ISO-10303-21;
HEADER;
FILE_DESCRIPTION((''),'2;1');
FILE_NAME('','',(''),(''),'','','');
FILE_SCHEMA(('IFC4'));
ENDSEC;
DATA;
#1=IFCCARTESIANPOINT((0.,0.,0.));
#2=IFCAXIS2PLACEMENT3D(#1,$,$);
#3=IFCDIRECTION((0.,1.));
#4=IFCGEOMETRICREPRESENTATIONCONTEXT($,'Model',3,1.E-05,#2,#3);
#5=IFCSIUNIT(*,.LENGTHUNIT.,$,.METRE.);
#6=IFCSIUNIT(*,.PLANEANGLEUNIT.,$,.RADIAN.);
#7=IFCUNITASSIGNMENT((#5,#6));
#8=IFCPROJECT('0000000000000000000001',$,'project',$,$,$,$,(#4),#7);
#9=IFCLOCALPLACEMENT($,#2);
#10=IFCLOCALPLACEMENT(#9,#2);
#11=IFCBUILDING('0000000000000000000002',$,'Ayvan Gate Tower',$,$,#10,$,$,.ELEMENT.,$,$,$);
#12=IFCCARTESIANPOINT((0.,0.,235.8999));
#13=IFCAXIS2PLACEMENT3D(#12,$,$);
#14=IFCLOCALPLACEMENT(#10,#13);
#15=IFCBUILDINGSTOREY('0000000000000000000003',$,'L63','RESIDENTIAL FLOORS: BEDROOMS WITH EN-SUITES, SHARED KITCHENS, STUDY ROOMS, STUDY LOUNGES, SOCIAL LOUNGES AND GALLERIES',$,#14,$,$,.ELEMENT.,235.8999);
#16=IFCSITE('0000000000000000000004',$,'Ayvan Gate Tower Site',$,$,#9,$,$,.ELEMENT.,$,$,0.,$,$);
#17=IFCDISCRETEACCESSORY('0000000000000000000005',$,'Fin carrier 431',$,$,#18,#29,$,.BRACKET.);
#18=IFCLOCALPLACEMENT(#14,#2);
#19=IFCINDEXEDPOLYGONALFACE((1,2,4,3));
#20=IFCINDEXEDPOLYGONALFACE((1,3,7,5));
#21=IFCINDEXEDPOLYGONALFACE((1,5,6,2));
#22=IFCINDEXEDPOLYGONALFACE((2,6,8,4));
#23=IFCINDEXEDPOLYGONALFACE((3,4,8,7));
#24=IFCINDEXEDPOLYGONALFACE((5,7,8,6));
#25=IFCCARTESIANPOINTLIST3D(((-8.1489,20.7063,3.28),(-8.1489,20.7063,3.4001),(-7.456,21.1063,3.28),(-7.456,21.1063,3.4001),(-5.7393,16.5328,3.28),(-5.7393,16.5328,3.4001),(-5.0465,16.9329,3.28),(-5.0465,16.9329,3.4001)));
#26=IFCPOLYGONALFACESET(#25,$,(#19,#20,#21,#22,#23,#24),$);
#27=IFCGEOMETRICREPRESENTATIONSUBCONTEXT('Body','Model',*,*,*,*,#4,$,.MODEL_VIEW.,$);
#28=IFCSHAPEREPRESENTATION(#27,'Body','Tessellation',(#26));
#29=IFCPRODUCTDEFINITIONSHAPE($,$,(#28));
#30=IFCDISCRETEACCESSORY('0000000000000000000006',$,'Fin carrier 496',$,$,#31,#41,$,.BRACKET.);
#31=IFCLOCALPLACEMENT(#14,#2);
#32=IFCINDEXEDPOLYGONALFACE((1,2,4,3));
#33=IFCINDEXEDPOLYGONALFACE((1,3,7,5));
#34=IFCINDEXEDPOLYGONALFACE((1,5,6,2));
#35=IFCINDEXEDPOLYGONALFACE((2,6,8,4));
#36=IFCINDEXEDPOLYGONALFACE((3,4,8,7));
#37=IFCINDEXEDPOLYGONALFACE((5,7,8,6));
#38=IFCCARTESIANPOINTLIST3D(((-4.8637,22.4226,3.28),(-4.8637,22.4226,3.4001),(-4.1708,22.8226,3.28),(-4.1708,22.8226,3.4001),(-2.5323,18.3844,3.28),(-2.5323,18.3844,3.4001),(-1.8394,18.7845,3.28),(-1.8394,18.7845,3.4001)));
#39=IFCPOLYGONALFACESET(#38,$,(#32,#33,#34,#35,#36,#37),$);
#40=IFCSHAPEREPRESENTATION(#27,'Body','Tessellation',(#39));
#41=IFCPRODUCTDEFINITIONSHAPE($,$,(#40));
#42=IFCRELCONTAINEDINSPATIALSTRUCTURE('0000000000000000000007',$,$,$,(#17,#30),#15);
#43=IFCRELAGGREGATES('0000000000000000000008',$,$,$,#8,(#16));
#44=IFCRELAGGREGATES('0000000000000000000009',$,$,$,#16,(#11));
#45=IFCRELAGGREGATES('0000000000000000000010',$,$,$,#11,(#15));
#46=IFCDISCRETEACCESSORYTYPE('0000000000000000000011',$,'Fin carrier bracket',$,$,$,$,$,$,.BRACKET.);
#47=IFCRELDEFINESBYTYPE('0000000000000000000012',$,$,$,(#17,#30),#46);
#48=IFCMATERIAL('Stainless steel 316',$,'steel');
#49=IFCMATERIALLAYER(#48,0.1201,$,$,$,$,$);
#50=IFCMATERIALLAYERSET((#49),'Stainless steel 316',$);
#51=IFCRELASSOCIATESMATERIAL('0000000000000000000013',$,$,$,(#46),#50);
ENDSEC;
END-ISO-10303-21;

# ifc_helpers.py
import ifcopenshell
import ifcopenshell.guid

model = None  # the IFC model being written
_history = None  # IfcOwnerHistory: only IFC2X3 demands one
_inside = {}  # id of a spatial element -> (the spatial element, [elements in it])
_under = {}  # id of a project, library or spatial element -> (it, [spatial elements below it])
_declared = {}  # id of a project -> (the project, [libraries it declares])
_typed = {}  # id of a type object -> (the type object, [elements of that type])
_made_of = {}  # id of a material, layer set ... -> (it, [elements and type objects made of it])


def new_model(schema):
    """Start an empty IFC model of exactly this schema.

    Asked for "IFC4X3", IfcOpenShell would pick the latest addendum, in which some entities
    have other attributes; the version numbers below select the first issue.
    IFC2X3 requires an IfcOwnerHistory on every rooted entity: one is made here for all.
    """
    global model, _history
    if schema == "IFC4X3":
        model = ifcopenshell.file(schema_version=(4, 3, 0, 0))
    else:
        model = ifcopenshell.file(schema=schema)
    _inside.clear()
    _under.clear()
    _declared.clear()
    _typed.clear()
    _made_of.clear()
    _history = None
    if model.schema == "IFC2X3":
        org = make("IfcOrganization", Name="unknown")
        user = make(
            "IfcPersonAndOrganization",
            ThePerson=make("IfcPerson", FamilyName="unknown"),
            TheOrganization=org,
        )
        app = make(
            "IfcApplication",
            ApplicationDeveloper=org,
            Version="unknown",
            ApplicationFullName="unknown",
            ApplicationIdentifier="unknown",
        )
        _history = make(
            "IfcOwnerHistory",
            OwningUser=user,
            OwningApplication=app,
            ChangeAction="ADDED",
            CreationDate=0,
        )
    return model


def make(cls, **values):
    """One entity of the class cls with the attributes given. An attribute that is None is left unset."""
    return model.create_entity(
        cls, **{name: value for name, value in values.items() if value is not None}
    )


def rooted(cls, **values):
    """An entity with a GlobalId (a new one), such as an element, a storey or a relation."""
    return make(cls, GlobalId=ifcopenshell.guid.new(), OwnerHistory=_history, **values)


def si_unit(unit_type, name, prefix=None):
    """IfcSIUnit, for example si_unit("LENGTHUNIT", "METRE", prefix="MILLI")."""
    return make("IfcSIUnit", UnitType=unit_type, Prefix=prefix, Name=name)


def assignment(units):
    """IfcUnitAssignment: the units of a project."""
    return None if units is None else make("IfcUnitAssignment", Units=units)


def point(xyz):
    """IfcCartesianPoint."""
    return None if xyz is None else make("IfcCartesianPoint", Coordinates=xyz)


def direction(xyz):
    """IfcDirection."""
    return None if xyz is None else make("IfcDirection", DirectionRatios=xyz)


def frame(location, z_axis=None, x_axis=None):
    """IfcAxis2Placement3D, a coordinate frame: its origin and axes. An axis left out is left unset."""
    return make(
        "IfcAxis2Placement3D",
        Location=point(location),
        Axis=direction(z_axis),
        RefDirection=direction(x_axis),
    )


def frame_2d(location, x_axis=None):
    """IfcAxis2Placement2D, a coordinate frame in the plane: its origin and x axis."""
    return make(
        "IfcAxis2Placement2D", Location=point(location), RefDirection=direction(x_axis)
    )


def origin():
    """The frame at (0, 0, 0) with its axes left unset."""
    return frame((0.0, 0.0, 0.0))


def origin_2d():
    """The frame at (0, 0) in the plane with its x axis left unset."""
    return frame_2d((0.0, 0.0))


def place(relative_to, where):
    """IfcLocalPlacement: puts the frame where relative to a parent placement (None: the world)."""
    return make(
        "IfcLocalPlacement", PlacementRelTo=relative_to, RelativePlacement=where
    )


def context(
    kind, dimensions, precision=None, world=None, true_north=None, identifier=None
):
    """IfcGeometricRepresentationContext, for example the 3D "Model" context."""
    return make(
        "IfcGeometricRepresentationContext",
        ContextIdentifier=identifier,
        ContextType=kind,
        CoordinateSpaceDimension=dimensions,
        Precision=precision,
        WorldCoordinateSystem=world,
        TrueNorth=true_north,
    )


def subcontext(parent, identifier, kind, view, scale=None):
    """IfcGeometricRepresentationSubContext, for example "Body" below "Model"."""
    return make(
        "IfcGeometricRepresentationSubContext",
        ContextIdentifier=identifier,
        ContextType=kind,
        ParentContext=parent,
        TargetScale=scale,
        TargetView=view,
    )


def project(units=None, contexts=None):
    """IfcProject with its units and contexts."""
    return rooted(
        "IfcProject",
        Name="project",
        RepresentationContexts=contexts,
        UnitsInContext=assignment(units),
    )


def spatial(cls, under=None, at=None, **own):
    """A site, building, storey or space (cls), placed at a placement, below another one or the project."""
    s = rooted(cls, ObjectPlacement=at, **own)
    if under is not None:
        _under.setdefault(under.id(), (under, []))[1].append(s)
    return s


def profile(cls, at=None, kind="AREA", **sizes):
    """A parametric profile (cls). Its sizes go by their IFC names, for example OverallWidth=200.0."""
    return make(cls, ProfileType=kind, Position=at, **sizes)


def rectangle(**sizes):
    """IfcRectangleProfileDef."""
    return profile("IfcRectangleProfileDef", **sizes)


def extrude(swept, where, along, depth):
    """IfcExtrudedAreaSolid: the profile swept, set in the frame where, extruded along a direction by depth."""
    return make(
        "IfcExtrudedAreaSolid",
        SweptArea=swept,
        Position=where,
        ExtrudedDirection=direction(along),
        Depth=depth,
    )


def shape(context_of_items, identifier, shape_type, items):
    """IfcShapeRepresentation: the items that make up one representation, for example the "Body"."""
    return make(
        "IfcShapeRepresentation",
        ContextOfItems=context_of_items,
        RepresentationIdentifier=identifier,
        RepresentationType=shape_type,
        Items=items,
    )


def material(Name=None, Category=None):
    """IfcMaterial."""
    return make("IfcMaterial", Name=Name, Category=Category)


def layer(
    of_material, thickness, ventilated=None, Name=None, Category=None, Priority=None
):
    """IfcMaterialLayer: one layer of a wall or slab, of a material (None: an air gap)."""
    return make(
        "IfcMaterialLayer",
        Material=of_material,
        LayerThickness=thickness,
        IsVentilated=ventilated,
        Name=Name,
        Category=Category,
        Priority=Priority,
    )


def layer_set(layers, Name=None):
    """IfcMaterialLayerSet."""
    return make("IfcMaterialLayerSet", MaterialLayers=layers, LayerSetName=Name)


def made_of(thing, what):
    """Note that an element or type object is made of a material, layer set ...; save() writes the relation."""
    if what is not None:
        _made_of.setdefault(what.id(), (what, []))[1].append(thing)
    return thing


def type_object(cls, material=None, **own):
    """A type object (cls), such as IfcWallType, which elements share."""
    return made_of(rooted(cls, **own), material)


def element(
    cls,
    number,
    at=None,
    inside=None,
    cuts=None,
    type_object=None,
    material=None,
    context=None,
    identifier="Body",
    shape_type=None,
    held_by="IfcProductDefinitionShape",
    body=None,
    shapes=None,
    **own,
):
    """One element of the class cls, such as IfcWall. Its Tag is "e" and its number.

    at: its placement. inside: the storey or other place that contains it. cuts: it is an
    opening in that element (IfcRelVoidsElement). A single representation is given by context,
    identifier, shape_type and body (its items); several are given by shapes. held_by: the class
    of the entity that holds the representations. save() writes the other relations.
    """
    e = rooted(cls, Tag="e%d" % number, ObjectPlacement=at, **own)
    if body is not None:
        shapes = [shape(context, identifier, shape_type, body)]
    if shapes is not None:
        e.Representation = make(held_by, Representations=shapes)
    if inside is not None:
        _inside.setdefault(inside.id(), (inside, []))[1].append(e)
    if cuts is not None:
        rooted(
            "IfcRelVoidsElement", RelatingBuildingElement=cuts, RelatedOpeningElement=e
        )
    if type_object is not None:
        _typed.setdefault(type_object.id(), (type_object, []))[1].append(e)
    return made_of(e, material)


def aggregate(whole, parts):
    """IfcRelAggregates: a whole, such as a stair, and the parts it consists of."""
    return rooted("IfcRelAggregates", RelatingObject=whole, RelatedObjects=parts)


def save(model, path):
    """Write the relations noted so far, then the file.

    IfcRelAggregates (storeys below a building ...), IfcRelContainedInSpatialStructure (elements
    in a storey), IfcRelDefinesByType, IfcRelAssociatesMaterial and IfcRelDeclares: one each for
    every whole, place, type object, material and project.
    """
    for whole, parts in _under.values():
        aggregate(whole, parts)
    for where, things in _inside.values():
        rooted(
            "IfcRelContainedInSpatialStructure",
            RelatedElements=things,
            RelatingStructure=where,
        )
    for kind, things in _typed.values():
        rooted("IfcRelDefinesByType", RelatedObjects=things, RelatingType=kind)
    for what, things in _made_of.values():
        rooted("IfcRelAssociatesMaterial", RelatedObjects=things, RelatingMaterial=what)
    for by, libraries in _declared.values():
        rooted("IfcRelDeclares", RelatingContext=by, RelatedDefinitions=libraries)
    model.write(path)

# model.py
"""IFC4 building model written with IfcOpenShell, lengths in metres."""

from ifc_helpers import new_model, si_unit, direction, frame, origin, origin_2d, place, context, subcontext, project, spatial, rectangle, extrude, material, layer, layer_set, type_object, element, save


model = new_model("IFC4")

# Units and contexts
model_context = context("Model", 3, precision=1e-05, world=origin(), true_north=direction((0.0, 1.0)))
body_context = subcontext(model_context, "Body", "Model", "MODEL_VIEW")
ifc_project = project(units=[si_unit("LENGTHUNIT", "METRE"), si_unit("PLANEANGLEUNIT", "RADIAN")], contexts=[model_context])

# Site, building, storey
site_placement = place(None, origin())
site = spatial("IfcSite", under=ifc_project, at=site_placement, Name="Ayvan Gate Tower Site", CompositionType="ELEMENT", RefElevation=0.0)
building_placement = place(site_placement, origin())
building = spatial("IfcBuilding", under=site, at=building_placement, Name="Ayvan Gate Tower", CompositionType="ELEMENT")
storey_placement = place(building_placement, frame((0.0, 0.0, 235.8999)))
storey = spatial("IfcBuildingStorey", under=building, at=storey_placement, Name="L63", Description="RESIDENTIAL FLOORS: BEDROOMS WITH EN-SUITES, SHARED KITCHENS, STUDY ROOMS, STUDY LOUNGES, SOCIAL LOUNGES AND GALLERIES", CompositionType="ELEMENT", Elevation=235.8999)

# Discrete accessories
ifc_material_1 = material(Name="Stainless steel 316", Category="steel")
ifc_layer_1 = layer(ifc_material_1, 0.1201)
ifc_layer_set_1 = layer_set([ifc_layer_1], Name="Stainless steel 316")
discrete_accessory_type = type_object("IfcDiscreteAccessoryType", Name="Fin carrier bracket", PredefinedType="BRACKET", material=ifc_layer_set_1)
discrete_accessory_1_placement = place(storey_placement, frame((-6.5977, 18.8196, 3.28), z_axis=(0.0, 0.0, 1.0), x_axis=(-0.866025, -0.5, 0.0)))
element("IfcDiscreteAccessory", 1, at=discrete_accessory_1_placement, inside=storey, type_object=discrete_accessory_type, Name="Fin carrier 431", PredefinedType="BRACKET", context=body_context, shape_type="SweptSolid", body=[
    extrude(rectangle(XDim=0.8, YDim=4.8191, at=origin_2d()), origin(), (0.0, 0.0, 1.0), 0.1201),
])
discrete_accessory_2_placement = place(storey_placement, frame((-3.3516, 20.6035, 3.28), z_axis=(0.0, 0.0, 1.0), x_axis=(-0.866025, -0.5, 0.0)))
element("IfcDiscreteAccessory", 2, at=discrete_accessory_2_placement, inside=storey, type_object=discrete_accessory_type, Name="Fin carrier 496", PredefinedType="BRACKET", context=body_context, shape_type="SweptSolid", body=[
    extrude(rectangle(XDim=0.8, YDim=4.6628, at=origin_2d()), origin(), (0.0, 0.0, 1.0), 0.1201),
])

save(model, "model.ifc")
